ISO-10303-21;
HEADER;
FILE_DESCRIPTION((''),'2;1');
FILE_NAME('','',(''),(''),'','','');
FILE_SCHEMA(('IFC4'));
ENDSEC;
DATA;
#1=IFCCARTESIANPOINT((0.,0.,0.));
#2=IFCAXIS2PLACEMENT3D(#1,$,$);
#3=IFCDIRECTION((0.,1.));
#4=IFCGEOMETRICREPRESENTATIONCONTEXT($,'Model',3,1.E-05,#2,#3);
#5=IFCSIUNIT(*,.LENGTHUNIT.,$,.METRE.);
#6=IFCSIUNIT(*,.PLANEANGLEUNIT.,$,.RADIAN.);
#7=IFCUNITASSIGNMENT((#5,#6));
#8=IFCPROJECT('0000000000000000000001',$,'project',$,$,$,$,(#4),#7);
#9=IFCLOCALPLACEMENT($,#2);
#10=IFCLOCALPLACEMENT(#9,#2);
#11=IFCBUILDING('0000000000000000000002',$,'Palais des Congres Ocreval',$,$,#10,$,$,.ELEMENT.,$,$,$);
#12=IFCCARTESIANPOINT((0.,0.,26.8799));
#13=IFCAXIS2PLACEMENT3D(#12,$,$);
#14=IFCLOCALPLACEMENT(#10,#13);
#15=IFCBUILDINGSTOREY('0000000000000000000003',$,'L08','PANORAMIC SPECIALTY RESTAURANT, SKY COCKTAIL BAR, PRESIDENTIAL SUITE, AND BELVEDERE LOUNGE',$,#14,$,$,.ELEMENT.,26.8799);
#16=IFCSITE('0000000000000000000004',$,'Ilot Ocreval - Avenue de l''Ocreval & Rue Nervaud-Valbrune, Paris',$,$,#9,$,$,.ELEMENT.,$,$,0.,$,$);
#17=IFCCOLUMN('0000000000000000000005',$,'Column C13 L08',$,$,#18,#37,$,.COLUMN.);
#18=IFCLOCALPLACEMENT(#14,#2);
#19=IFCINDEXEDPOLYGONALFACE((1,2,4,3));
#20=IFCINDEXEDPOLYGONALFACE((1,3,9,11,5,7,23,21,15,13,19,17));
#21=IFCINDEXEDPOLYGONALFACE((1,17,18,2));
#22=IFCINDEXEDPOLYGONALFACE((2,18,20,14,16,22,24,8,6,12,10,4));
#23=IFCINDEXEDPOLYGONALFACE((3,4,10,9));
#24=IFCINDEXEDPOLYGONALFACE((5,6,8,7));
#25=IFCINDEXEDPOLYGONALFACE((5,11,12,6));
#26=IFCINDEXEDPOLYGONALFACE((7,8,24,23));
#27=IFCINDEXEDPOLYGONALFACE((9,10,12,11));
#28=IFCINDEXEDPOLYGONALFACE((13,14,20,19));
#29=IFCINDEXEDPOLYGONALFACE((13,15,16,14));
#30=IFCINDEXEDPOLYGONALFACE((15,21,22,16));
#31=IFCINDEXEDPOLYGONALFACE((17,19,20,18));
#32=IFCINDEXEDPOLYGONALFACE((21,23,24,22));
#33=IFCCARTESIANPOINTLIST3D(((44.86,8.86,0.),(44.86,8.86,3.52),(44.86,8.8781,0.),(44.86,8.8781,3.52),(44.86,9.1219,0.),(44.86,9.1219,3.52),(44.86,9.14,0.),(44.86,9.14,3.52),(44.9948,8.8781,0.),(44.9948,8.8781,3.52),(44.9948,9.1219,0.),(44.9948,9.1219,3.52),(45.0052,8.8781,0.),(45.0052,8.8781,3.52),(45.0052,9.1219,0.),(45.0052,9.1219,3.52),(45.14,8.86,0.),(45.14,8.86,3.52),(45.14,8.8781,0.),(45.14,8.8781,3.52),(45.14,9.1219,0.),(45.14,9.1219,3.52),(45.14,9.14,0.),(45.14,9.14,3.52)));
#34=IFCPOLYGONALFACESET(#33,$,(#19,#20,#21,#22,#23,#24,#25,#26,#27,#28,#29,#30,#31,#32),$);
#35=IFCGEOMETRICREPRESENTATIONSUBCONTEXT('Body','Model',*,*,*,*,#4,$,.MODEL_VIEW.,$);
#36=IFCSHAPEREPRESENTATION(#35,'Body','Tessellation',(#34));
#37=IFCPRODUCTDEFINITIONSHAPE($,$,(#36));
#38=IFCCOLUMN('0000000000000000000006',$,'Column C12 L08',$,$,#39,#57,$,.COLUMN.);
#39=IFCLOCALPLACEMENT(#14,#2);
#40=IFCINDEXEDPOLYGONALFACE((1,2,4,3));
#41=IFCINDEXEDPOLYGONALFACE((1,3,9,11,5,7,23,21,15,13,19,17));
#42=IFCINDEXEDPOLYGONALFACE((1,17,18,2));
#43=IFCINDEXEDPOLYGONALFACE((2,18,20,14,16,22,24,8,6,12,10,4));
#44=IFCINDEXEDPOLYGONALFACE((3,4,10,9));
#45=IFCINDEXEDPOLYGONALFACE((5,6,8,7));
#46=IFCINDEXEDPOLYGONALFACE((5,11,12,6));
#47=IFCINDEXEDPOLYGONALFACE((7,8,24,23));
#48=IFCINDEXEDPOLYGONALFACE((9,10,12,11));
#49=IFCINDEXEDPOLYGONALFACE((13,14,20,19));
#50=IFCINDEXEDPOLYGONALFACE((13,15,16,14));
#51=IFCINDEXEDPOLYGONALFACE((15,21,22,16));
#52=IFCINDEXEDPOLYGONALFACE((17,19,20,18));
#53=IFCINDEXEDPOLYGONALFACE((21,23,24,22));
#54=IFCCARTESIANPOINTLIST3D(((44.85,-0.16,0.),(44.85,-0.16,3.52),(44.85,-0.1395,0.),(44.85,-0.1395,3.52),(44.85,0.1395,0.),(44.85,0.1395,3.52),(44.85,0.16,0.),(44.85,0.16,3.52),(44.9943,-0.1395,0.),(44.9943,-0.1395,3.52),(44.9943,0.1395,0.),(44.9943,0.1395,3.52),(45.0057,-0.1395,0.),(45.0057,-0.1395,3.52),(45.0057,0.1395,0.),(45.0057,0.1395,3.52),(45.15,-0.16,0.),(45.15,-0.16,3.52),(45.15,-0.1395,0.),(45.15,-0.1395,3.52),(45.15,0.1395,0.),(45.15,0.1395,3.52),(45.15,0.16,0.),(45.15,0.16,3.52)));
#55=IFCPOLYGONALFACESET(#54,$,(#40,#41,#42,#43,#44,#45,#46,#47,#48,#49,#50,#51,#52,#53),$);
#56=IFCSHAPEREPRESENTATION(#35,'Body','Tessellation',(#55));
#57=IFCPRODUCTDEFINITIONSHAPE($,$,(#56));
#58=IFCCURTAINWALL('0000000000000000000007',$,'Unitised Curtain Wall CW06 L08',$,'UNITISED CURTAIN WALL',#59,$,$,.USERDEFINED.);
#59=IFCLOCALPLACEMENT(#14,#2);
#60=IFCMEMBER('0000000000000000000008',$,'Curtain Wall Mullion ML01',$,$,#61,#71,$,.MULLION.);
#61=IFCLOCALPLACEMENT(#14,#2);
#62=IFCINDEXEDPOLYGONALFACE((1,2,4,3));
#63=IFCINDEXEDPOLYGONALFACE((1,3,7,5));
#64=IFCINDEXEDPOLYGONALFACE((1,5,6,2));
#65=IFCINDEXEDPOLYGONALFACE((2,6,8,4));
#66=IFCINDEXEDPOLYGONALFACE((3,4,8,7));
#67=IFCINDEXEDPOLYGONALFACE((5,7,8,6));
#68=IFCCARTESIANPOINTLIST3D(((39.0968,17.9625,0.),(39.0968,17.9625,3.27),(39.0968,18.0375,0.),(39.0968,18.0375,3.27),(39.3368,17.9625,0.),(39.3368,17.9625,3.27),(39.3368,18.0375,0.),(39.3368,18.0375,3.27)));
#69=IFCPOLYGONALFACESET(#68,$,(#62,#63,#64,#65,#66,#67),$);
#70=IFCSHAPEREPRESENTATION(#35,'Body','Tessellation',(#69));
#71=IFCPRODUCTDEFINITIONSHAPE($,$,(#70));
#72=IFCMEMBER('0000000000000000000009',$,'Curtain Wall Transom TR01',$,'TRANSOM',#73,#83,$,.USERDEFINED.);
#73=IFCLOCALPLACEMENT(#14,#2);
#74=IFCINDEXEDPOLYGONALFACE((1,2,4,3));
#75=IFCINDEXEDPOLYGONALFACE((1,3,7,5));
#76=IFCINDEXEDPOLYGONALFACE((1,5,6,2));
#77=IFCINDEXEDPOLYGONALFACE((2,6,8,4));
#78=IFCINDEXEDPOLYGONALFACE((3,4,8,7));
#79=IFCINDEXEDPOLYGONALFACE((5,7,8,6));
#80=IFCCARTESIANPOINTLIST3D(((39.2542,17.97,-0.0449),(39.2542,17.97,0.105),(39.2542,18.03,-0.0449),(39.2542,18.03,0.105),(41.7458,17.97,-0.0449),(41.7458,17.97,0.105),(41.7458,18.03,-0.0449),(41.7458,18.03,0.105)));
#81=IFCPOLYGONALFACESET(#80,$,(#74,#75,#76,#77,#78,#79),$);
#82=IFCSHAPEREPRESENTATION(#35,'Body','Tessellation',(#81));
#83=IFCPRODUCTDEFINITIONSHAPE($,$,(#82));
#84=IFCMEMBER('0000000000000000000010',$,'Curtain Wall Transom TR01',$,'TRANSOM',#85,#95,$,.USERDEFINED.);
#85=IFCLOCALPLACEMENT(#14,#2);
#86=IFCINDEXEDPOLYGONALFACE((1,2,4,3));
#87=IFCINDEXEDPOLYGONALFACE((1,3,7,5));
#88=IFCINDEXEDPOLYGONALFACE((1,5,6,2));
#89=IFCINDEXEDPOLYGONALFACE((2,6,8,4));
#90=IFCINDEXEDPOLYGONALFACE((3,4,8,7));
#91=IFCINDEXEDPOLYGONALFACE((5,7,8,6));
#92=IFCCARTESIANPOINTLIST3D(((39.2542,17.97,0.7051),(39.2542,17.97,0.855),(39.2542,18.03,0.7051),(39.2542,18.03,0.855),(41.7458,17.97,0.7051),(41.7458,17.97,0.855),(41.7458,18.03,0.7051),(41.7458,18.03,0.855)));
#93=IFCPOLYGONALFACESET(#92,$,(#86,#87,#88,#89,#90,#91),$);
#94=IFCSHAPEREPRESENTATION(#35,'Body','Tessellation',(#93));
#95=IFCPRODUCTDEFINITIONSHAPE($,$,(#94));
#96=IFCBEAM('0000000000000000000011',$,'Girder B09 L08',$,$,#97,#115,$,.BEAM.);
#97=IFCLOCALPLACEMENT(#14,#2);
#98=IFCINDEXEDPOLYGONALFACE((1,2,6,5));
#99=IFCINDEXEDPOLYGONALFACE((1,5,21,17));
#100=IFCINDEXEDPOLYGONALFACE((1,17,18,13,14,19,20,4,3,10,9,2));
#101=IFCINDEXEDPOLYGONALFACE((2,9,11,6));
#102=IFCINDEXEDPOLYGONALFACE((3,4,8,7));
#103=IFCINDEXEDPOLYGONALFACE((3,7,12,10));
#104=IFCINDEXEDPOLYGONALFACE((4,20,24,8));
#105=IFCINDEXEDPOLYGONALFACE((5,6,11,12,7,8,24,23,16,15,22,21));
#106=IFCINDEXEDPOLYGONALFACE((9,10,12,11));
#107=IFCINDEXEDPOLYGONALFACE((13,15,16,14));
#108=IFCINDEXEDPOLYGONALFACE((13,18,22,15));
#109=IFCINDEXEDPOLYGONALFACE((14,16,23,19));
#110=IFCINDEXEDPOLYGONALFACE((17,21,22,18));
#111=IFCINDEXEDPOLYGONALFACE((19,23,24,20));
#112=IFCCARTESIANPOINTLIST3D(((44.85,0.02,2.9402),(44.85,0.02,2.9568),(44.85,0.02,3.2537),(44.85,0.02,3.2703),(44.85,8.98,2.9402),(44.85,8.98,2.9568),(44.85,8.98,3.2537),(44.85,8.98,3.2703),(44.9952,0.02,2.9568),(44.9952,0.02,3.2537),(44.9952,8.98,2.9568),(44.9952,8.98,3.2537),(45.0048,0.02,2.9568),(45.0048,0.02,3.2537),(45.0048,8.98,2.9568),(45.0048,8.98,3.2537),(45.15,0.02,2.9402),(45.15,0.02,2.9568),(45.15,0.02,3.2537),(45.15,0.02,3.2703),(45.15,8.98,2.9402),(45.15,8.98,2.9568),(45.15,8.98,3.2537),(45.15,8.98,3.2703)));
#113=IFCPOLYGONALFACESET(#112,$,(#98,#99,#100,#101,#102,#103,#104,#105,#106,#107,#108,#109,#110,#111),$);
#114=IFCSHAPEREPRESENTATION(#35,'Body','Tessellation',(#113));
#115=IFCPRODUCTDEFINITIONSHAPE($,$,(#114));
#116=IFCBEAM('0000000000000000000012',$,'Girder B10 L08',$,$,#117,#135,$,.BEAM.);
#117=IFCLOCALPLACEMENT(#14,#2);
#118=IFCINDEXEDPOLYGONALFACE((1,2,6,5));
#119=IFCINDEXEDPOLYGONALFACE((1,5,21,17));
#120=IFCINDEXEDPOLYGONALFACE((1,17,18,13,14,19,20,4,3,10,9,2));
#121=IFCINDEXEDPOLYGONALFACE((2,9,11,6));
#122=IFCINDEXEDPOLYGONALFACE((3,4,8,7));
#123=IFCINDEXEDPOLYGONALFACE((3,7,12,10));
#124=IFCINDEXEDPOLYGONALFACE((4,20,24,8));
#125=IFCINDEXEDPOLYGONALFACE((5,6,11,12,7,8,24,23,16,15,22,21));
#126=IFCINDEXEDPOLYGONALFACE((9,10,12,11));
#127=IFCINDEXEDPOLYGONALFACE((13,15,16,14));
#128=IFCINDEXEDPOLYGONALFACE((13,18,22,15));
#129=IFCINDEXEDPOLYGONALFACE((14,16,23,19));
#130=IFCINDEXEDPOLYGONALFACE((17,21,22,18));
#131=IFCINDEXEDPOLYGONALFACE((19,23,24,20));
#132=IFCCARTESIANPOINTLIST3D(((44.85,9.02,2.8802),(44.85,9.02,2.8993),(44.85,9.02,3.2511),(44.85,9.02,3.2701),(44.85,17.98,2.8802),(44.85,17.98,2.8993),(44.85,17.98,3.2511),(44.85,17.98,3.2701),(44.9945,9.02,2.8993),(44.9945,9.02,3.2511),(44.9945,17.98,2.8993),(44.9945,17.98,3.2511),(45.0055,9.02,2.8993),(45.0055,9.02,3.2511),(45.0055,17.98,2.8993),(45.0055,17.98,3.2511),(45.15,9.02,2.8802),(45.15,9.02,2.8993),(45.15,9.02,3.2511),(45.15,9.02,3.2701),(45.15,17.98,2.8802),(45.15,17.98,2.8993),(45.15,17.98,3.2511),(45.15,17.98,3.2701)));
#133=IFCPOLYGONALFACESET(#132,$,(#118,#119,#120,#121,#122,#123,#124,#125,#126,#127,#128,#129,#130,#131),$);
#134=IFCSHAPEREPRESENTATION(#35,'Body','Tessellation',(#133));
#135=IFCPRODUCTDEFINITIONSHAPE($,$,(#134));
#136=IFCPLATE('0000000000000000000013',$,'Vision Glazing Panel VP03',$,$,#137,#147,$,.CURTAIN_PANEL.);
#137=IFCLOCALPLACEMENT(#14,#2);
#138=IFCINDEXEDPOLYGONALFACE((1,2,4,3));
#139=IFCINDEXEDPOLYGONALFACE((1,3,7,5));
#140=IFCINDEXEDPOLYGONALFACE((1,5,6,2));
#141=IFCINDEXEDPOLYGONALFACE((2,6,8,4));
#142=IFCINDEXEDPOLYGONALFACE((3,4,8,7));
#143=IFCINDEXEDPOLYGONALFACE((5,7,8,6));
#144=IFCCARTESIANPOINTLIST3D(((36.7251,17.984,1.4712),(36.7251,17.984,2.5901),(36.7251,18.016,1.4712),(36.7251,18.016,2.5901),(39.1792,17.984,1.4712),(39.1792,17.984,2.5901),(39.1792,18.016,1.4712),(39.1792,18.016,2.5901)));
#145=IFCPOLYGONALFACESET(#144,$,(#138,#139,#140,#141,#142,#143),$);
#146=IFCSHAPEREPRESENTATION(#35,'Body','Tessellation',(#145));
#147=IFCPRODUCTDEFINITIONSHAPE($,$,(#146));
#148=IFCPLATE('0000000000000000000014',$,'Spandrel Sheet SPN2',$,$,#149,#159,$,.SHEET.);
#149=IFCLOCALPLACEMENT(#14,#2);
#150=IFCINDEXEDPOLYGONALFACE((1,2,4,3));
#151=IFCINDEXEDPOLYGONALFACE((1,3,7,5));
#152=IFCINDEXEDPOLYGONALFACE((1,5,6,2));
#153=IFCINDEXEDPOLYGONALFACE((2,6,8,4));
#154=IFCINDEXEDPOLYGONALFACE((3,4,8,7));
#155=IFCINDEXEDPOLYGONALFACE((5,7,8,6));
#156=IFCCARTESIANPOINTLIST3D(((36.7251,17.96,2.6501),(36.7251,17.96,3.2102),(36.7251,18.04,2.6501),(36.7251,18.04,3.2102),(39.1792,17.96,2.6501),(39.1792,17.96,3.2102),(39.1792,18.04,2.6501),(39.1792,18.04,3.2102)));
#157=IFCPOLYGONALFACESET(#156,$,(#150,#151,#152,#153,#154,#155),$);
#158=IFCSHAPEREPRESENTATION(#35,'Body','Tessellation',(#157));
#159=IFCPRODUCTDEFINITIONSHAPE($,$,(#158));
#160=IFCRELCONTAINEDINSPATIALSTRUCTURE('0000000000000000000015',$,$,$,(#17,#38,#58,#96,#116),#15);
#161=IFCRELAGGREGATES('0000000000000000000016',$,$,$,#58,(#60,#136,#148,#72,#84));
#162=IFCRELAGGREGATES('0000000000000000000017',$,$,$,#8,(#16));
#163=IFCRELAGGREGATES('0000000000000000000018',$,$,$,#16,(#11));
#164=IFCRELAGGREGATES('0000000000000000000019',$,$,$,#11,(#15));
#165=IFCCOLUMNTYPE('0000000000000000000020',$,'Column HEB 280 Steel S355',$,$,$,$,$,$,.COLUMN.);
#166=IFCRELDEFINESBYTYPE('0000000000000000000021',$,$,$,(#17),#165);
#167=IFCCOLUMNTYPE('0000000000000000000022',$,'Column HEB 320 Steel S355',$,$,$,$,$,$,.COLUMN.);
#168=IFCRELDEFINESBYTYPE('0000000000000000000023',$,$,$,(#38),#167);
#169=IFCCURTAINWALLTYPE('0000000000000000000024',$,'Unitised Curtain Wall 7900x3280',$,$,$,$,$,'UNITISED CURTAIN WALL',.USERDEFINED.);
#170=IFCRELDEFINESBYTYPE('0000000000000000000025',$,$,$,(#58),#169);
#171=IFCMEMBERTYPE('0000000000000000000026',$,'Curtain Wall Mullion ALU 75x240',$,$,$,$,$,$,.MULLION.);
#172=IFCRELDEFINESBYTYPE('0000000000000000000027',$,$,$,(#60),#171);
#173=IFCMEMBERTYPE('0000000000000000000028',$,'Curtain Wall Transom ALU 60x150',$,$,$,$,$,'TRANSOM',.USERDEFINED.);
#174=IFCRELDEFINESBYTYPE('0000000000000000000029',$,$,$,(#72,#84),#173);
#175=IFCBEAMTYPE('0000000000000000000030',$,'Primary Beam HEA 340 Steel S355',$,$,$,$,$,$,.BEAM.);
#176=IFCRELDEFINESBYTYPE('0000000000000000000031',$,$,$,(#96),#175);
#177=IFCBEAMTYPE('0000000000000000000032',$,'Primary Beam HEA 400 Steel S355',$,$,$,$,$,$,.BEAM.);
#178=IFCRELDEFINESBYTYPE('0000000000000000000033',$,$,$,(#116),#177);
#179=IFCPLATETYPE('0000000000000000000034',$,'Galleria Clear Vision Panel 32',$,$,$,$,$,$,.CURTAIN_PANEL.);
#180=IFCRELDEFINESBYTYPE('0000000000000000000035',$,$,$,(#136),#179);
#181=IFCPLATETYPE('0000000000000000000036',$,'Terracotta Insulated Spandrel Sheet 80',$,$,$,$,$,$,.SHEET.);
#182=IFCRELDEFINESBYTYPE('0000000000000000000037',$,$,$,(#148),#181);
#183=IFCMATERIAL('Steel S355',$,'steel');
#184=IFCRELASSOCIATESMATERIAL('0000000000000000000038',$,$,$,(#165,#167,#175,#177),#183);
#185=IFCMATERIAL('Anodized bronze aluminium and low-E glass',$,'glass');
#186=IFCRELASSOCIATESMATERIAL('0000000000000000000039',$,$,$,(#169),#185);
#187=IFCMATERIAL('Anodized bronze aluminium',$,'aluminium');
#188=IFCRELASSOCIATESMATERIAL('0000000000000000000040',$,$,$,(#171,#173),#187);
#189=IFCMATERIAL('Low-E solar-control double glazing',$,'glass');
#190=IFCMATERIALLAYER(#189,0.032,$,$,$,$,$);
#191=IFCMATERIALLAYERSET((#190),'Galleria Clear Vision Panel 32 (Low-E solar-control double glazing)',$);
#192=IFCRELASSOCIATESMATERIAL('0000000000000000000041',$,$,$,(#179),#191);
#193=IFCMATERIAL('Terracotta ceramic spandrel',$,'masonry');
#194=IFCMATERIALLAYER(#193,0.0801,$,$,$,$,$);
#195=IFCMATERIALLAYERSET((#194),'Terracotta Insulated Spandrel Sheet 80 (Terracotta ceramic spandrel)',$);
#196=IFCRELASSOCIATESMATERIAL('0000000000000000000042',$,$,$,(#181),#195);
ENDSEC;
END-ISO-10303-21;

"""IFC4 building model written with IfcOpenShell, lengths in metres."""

from ifc_helpers import new_model, si_unit, direction, frame, origin, origin_2d, place, context, subcontext, project, spatial, rectangle, i_section, extrude, material, layer, layer_set, material_profile, profile_set, type_object, element, aggregate, save


model = new_model("IFC4")

# Units and contexts
model_context = context("Model", 3, precision=1e-05, world=origin(), true_north=direction((0.0, 1.0)))
body_context = subcontext(model_context, "Body", "Model", "MODEL_VIEW")
ifc_project = project(units=[si_unit("LENGTHUNIT", "METRE"), si_unit("PLANEANGLEUNIT", "RADIAN")], contexts=[model_context])

# Site, building, storey
site_placement = place(None, origin())
site = spatial("IfcSite", under=ifc_project, at=site_placement, Name="Ilot Ocreval - Avenue de l'Ocreval & Rue Nervaud-Valbrune, Paris", CompositionType="ELEMENT", RefElevation=0.0)
building_placement = place(site_placement, origin())
building = spatial("IfcBuilding", under=site, at=building_placement, Name="Palais des Congres Ocreval", CompositionType="ELEMENT")
storey_placement = place(building_placement, frame((0.0, 0.0, 26.8799)))
storey = spatial("IfcBuildingStorey", under=building, at=storey_placement, Name="L08", Description="PANORAMIC SPECIALTY RESTAURANT, SKY COCKTAIL BAR, PRESIDENTIAL SUITE, AND BELVEDERE LOUNGE", CompositionType="ELEMENT", Elevation=26.8799)

# Columns
ifc_material_1 = material(Name="Steel S355", Category="steel")
ifc_material_profile_1 = material_profile(ifc_material_1, i_section(OverallWidth=0.28, OverallDepth=0.28, WebThickness=0.0105, FlangeThickness=0.0181, at=origin_2d()), Name="HEB 280")
ifc_profile_set_1 = profile_set([ifc_material_profile_1], Name="Steel S355")
column_type_1 = type_object("IfcColumnType", Name="Column HEB 280 Steel S355", PredefinedType="COLUMN", material=ifc_profile_set_1)
column_1_placement = place(storey_placement, frame((45.0, 9.0, 0.0), z_axis=(0.0, 0.0, 1.0), x_axis=(1.0, 0.0, 0.0)))
element("IfcColumn", 1, at=column_1_placement, inside=storey, type_object=column_type_1, Name="Column C13 L08", PredefinedType="COLUMN", context=body_context, shape_type="SweptSolid", body=[
    extrude(i_section(OverallWidth=0.28, OverallDepth=0.28, WebThickness=0.0105, FlangeThickness=0.0181, at=origin_2d()), origin(), (0.0, 0.0, 1.0), 3.52),
])
ifc_material_profile_2 = material_profile(ifc_material_1, i_section(OverallWidth=0.3, OverallDepth=0.3201, WebThickness=0.0115, FlangeThickness=0.0205, at=origin_2d()), Name="HEB 320")
ifc_profile_set_2 = profile_set([ifc_material_profile_2], Name="Steel S355")
column_type_2 = type_object("IfcColumnType", Name="Column HEB 320 Steel S355", PredefinedType="COLUMN", material=ifc_profile_set_2)
column_2_placement = place(storey_placement, frame((45.0, 0.0, 0.0), z_axis=(0.0, 0.0, 1.0), x_axis=(1.0, 0.0, 0.0)))
element("IfcColumn", 2, at=column_2_placement, inside=storey, type_object=column_type_2, Name="Column C12 L08", PredefinedType="COLUMN", context=body_context, shape_type="SweptSolid", body=[
    extrude(i_section(OverallWidth=0.3, OverallDepth=0.3201, WebThickness=0.0115, FlangeThickness=0.0205, at=origin_2d()), origin(), (0.0, 0.0, 1.0), 3.52),
])

# Curtain wall, members
ifc_material_2 = material(Name="Anodized bronze aluminium and low-E glass", Category="glass")
curtain_wall_type = type_object("IfcCurtainWallType", Name="Unitised Curtain Wall 7900x3280", ElementType="UNITISED CURTAIN WALL", PredefinedType="USERDEFINED", material=ifc_material_2)
curtain_wall_placement = place(storey_placement, origin())
curtain_wall = element("IfcCurtainWall", 3, at=curtain_wall_placement, inside=storey, type_object=curtain_wall_type, Name="Unitised Curtain Wall CW06 L08", ObjectType="UNITISED CURTAIN WALL", PredefinedType="USERDEFINED")
ifc_material_3 = material(Name="Anodized bronze aluminium", Category="aluminium")
ifc_material_profile_3 = material_profile(ifc_material_3, rectangle(XDim=0.075, YDim=0.24, at=origin_2d()), Name="ALU 75x240")
ifc_profile_set_3 = profile_set([ifc_material_profile_3], Name="Anodized bronze aluminium")
member_type_1 = type_object("IfcMemberType", Name="Curtain Wall Mullion ALU 75x240", PredefinedType="MULLION", material=ifc_profile_set_3)
member_1_placement = place(storey_placement, frame((39.2168, 18.0, 0.0), z_axis=(0.0, 0.0, 1.0), x_axis=(0.0, 1.0, 0.0)))
member_1 = element("IfcMember", 4, at=member_1_placement, type_object=member_type_1, Name="Curtain Wall Mullion ML01", PredefinedType="MULLION", context=body_context, shape_type="SweptSolid", body=[
    extrude(rectangle(XDim=0.075, YDim=0.24, at=origin_2d()), origin(), (0.0, 0.0, 1.0), 3.27),
])
ifc_material_profile_4 = material_profile(ifc_material_3, rectangle(XDim=0.0601, YDim=0.1499, at=origin_2d()), Name="ALU 60x150")
ifc_profile_set_4 = profile_set([ifc_material_profile_4], Name="Anodized bronze aluminium")
member_type_2 = type_object("IfcMemberType", Name="Curtain Wall Transom ALU 60x150", ElementType="TRANSOM", PredefinedType="USERDEFINED", material=ifc_profile_set_4)
member_2_placement = place(storey_placement, frame((39.2542, 18.0, 0.03), z_axis=(1.0, 0.0, 0.0), x_axis=(0.0, 1.0, 0.0)))
member_2 = element("IfcMember", 5, at=member_2_placement, type_object=member_type_2, Name="Curtain Wall Transom TR01", ObjectType="TRANSOM", PredefinedType="USERDEFINED", context=body_context, shape_type="SweptSolid", body=[
    extrude(rectangle(XDim=0.0601, YDim=0.1499, at=origin_2d()), origin(), (0.0, 0.0, 1.0), 2.4917),
])
member_3_placement = place(storey_placement, frame((39.2542, 18.0, 0.78), z_axis=(1.0, 0.0, 0.0), x_axis=(0.0, 1.0, 0.0)))
member_3 = element("IfcMember", 6, at=member_3_placement, type_object=member_type_2, Name="Curtain Wall Transom TR01", ObjectType="TRANSOM", PredefinedType="USERDEFINED", context=body_context, shape_type="SweptSolid", body=[
    extrude(rectangle(XDim=0.0601, YDim=0.1499, at=origin_2d()), origin(), (0.0, 0.0, 1.0), 2.4917),
])

# Beams
ifc_material_profile_5 = material_profile(ifc_material_1, i_section(OverallWidth=0.3, OverallDepth=0.3301, WebThickness=0.0095, FlangeThickness=0.0166, at=origin_2d()), Name="HEA 340")
ifc_profile_set_5 = profile_set([ifc_material_profile_5], Name="Steel S355")
beam_type_1 = type_object("IfcBeamType", Name="Primary Beam HEA 340 Steel S355", PredefinedType="BEAM", material=ifc_profile_set_5)
beam_1_placement = place(storey_placement, frame((45.0, 0.02, 3.1052), z_axis=(0.0, 1.0, 0.0), x_axis=(-1.0, 0.0, 0.0)))
element("IfcBeam", 7, at=beam_1_placement, inside=storey, type_object=beam_type_1, Name="Girder B09 L08", PredefinedType="BEAM", context=body_context, shape_type="SweptSolid", body=[
    extrude(i_section(OverallWidth=0.3, OverallDepth=0.3301, WebThickness=0.0095, FlangeThickness=0.0166, at=origin_2d()), origin(), (0.0, 0.0, 1.0), 8.96),
])
ifc_material_profile_6 = material_profile(ifc_material_1, i_section(OverallWidth=0.3, OverallDepth=0.3899, WebThickness=0.011, FlangeThickness=0.019, at=origin_2d()), Name="HEA 400")
ifc_profile_set_6 = profile_set([ifc_material_profile_6], Name="Steel S355")
beam_type_2 = type_object("IfcBeamType", Name="Primary Beam HEA 400 Steel S355", PredefinedType="BEAM", material=ifc_profile_set_6)
beam_2_placement = place(storey_placement, frame((45.0, 9.02, 3.0752), z_axis=(0.0, 1.0, 0.0), x_axis=(-1.0, 0.0, 0.0)))
element("IfcBeam", 8, at=beam_2_placement, inside=storey, type_object=beam_type_2, Name="Girder B10 L08", PredefinedType="BEAM", context=body_context, shape_type="SweptSolid", body=[
    extrude(i_section(OverallWidth=0.3, OverallDepth=0.3899, WebThickness=0.011, FlangeThickness=0.019, at=origin_2d()), origin(), (0.0, 0.0, 1.0), 8.96),
])

# Plates
ifc_material_4 = material(Name="Low-E solar-control double glazing", Category="glass")
ifc_layer_1 = layer(ifc_material_4, 0.032)
ifc_layer_set_1 = layer_set([ifc_layer_1], Name="Galleria Clear Vision Panel 32 (Low-E solar-control double glazing)")
plate_type_1 = type_object("IfcPlateType", Name="Galleria Clear Vision Panel 32", PredefinedType="CURTAIN_PANEL", material=ifc_layer_set_1)
plate_1_placement = place(storey_placement, frame((37.9521, 18.0, 1.4712), z_axis=(0.0, 0.0, 1.0), x_axis=(1.0, 0.0, 0.0)))
plate_1 = element("IfcPlate", 9, at=plate_1_placement, type_object=plate_type_1, Name="Vision Glazing Panel VP03", PredefinedType="CURTAIN_PANEL", context=body_context, shape_type="SweptSolid", body=[
    extrude(rectangle(XDim=2.4541, YDim=0.032, at=origin_2d()), origin(), (0.0, 0.0, 1.0), 1.1189),
])
ifc_material_5 = material(Name="Terracotta ceramic spandrel", Category="masonry")
ifc_layer_2 = layer(ifc_material_5, 0.0801)
ifc_layer_set_2 = layer_set([ifc_layer_2], Name="Terracotta Insulated Spandrel Sheet 80 (Terracotta ceramic spandrel)")
plate_type_2 = type_object("IfcPlateType", Name="Terracotta Insulated Spandrel Sheet 80", PredefinedType="SHEET", material=ifc_layer_set_2)
plate_2_placement = place(storey_placement, frame((37.9521, 18.0, 2.6501), z_axis=(0.0, 0.0, 1.0), x_axis=(1.0, 0.0, 0.0)))
plate_2 = element("IfcPlate", 10, at=plate_2_placement, type_object=plate_type_2, Name="Spandrel Sheet SPN2", PredefinedType="SHEET", context=body_context, shape_type="SweptSolid", body=[
    extrude(rectangle(XDim=2.4541, YDim=0.0801, at=origin_2d()), origin(), (0.0, 0.0, 1.0), 0.5601),
])
aggregate(curtain_wall, [member_1, plate_1, plate_2, member_2, member_3])

save(model, "model.ifc")
